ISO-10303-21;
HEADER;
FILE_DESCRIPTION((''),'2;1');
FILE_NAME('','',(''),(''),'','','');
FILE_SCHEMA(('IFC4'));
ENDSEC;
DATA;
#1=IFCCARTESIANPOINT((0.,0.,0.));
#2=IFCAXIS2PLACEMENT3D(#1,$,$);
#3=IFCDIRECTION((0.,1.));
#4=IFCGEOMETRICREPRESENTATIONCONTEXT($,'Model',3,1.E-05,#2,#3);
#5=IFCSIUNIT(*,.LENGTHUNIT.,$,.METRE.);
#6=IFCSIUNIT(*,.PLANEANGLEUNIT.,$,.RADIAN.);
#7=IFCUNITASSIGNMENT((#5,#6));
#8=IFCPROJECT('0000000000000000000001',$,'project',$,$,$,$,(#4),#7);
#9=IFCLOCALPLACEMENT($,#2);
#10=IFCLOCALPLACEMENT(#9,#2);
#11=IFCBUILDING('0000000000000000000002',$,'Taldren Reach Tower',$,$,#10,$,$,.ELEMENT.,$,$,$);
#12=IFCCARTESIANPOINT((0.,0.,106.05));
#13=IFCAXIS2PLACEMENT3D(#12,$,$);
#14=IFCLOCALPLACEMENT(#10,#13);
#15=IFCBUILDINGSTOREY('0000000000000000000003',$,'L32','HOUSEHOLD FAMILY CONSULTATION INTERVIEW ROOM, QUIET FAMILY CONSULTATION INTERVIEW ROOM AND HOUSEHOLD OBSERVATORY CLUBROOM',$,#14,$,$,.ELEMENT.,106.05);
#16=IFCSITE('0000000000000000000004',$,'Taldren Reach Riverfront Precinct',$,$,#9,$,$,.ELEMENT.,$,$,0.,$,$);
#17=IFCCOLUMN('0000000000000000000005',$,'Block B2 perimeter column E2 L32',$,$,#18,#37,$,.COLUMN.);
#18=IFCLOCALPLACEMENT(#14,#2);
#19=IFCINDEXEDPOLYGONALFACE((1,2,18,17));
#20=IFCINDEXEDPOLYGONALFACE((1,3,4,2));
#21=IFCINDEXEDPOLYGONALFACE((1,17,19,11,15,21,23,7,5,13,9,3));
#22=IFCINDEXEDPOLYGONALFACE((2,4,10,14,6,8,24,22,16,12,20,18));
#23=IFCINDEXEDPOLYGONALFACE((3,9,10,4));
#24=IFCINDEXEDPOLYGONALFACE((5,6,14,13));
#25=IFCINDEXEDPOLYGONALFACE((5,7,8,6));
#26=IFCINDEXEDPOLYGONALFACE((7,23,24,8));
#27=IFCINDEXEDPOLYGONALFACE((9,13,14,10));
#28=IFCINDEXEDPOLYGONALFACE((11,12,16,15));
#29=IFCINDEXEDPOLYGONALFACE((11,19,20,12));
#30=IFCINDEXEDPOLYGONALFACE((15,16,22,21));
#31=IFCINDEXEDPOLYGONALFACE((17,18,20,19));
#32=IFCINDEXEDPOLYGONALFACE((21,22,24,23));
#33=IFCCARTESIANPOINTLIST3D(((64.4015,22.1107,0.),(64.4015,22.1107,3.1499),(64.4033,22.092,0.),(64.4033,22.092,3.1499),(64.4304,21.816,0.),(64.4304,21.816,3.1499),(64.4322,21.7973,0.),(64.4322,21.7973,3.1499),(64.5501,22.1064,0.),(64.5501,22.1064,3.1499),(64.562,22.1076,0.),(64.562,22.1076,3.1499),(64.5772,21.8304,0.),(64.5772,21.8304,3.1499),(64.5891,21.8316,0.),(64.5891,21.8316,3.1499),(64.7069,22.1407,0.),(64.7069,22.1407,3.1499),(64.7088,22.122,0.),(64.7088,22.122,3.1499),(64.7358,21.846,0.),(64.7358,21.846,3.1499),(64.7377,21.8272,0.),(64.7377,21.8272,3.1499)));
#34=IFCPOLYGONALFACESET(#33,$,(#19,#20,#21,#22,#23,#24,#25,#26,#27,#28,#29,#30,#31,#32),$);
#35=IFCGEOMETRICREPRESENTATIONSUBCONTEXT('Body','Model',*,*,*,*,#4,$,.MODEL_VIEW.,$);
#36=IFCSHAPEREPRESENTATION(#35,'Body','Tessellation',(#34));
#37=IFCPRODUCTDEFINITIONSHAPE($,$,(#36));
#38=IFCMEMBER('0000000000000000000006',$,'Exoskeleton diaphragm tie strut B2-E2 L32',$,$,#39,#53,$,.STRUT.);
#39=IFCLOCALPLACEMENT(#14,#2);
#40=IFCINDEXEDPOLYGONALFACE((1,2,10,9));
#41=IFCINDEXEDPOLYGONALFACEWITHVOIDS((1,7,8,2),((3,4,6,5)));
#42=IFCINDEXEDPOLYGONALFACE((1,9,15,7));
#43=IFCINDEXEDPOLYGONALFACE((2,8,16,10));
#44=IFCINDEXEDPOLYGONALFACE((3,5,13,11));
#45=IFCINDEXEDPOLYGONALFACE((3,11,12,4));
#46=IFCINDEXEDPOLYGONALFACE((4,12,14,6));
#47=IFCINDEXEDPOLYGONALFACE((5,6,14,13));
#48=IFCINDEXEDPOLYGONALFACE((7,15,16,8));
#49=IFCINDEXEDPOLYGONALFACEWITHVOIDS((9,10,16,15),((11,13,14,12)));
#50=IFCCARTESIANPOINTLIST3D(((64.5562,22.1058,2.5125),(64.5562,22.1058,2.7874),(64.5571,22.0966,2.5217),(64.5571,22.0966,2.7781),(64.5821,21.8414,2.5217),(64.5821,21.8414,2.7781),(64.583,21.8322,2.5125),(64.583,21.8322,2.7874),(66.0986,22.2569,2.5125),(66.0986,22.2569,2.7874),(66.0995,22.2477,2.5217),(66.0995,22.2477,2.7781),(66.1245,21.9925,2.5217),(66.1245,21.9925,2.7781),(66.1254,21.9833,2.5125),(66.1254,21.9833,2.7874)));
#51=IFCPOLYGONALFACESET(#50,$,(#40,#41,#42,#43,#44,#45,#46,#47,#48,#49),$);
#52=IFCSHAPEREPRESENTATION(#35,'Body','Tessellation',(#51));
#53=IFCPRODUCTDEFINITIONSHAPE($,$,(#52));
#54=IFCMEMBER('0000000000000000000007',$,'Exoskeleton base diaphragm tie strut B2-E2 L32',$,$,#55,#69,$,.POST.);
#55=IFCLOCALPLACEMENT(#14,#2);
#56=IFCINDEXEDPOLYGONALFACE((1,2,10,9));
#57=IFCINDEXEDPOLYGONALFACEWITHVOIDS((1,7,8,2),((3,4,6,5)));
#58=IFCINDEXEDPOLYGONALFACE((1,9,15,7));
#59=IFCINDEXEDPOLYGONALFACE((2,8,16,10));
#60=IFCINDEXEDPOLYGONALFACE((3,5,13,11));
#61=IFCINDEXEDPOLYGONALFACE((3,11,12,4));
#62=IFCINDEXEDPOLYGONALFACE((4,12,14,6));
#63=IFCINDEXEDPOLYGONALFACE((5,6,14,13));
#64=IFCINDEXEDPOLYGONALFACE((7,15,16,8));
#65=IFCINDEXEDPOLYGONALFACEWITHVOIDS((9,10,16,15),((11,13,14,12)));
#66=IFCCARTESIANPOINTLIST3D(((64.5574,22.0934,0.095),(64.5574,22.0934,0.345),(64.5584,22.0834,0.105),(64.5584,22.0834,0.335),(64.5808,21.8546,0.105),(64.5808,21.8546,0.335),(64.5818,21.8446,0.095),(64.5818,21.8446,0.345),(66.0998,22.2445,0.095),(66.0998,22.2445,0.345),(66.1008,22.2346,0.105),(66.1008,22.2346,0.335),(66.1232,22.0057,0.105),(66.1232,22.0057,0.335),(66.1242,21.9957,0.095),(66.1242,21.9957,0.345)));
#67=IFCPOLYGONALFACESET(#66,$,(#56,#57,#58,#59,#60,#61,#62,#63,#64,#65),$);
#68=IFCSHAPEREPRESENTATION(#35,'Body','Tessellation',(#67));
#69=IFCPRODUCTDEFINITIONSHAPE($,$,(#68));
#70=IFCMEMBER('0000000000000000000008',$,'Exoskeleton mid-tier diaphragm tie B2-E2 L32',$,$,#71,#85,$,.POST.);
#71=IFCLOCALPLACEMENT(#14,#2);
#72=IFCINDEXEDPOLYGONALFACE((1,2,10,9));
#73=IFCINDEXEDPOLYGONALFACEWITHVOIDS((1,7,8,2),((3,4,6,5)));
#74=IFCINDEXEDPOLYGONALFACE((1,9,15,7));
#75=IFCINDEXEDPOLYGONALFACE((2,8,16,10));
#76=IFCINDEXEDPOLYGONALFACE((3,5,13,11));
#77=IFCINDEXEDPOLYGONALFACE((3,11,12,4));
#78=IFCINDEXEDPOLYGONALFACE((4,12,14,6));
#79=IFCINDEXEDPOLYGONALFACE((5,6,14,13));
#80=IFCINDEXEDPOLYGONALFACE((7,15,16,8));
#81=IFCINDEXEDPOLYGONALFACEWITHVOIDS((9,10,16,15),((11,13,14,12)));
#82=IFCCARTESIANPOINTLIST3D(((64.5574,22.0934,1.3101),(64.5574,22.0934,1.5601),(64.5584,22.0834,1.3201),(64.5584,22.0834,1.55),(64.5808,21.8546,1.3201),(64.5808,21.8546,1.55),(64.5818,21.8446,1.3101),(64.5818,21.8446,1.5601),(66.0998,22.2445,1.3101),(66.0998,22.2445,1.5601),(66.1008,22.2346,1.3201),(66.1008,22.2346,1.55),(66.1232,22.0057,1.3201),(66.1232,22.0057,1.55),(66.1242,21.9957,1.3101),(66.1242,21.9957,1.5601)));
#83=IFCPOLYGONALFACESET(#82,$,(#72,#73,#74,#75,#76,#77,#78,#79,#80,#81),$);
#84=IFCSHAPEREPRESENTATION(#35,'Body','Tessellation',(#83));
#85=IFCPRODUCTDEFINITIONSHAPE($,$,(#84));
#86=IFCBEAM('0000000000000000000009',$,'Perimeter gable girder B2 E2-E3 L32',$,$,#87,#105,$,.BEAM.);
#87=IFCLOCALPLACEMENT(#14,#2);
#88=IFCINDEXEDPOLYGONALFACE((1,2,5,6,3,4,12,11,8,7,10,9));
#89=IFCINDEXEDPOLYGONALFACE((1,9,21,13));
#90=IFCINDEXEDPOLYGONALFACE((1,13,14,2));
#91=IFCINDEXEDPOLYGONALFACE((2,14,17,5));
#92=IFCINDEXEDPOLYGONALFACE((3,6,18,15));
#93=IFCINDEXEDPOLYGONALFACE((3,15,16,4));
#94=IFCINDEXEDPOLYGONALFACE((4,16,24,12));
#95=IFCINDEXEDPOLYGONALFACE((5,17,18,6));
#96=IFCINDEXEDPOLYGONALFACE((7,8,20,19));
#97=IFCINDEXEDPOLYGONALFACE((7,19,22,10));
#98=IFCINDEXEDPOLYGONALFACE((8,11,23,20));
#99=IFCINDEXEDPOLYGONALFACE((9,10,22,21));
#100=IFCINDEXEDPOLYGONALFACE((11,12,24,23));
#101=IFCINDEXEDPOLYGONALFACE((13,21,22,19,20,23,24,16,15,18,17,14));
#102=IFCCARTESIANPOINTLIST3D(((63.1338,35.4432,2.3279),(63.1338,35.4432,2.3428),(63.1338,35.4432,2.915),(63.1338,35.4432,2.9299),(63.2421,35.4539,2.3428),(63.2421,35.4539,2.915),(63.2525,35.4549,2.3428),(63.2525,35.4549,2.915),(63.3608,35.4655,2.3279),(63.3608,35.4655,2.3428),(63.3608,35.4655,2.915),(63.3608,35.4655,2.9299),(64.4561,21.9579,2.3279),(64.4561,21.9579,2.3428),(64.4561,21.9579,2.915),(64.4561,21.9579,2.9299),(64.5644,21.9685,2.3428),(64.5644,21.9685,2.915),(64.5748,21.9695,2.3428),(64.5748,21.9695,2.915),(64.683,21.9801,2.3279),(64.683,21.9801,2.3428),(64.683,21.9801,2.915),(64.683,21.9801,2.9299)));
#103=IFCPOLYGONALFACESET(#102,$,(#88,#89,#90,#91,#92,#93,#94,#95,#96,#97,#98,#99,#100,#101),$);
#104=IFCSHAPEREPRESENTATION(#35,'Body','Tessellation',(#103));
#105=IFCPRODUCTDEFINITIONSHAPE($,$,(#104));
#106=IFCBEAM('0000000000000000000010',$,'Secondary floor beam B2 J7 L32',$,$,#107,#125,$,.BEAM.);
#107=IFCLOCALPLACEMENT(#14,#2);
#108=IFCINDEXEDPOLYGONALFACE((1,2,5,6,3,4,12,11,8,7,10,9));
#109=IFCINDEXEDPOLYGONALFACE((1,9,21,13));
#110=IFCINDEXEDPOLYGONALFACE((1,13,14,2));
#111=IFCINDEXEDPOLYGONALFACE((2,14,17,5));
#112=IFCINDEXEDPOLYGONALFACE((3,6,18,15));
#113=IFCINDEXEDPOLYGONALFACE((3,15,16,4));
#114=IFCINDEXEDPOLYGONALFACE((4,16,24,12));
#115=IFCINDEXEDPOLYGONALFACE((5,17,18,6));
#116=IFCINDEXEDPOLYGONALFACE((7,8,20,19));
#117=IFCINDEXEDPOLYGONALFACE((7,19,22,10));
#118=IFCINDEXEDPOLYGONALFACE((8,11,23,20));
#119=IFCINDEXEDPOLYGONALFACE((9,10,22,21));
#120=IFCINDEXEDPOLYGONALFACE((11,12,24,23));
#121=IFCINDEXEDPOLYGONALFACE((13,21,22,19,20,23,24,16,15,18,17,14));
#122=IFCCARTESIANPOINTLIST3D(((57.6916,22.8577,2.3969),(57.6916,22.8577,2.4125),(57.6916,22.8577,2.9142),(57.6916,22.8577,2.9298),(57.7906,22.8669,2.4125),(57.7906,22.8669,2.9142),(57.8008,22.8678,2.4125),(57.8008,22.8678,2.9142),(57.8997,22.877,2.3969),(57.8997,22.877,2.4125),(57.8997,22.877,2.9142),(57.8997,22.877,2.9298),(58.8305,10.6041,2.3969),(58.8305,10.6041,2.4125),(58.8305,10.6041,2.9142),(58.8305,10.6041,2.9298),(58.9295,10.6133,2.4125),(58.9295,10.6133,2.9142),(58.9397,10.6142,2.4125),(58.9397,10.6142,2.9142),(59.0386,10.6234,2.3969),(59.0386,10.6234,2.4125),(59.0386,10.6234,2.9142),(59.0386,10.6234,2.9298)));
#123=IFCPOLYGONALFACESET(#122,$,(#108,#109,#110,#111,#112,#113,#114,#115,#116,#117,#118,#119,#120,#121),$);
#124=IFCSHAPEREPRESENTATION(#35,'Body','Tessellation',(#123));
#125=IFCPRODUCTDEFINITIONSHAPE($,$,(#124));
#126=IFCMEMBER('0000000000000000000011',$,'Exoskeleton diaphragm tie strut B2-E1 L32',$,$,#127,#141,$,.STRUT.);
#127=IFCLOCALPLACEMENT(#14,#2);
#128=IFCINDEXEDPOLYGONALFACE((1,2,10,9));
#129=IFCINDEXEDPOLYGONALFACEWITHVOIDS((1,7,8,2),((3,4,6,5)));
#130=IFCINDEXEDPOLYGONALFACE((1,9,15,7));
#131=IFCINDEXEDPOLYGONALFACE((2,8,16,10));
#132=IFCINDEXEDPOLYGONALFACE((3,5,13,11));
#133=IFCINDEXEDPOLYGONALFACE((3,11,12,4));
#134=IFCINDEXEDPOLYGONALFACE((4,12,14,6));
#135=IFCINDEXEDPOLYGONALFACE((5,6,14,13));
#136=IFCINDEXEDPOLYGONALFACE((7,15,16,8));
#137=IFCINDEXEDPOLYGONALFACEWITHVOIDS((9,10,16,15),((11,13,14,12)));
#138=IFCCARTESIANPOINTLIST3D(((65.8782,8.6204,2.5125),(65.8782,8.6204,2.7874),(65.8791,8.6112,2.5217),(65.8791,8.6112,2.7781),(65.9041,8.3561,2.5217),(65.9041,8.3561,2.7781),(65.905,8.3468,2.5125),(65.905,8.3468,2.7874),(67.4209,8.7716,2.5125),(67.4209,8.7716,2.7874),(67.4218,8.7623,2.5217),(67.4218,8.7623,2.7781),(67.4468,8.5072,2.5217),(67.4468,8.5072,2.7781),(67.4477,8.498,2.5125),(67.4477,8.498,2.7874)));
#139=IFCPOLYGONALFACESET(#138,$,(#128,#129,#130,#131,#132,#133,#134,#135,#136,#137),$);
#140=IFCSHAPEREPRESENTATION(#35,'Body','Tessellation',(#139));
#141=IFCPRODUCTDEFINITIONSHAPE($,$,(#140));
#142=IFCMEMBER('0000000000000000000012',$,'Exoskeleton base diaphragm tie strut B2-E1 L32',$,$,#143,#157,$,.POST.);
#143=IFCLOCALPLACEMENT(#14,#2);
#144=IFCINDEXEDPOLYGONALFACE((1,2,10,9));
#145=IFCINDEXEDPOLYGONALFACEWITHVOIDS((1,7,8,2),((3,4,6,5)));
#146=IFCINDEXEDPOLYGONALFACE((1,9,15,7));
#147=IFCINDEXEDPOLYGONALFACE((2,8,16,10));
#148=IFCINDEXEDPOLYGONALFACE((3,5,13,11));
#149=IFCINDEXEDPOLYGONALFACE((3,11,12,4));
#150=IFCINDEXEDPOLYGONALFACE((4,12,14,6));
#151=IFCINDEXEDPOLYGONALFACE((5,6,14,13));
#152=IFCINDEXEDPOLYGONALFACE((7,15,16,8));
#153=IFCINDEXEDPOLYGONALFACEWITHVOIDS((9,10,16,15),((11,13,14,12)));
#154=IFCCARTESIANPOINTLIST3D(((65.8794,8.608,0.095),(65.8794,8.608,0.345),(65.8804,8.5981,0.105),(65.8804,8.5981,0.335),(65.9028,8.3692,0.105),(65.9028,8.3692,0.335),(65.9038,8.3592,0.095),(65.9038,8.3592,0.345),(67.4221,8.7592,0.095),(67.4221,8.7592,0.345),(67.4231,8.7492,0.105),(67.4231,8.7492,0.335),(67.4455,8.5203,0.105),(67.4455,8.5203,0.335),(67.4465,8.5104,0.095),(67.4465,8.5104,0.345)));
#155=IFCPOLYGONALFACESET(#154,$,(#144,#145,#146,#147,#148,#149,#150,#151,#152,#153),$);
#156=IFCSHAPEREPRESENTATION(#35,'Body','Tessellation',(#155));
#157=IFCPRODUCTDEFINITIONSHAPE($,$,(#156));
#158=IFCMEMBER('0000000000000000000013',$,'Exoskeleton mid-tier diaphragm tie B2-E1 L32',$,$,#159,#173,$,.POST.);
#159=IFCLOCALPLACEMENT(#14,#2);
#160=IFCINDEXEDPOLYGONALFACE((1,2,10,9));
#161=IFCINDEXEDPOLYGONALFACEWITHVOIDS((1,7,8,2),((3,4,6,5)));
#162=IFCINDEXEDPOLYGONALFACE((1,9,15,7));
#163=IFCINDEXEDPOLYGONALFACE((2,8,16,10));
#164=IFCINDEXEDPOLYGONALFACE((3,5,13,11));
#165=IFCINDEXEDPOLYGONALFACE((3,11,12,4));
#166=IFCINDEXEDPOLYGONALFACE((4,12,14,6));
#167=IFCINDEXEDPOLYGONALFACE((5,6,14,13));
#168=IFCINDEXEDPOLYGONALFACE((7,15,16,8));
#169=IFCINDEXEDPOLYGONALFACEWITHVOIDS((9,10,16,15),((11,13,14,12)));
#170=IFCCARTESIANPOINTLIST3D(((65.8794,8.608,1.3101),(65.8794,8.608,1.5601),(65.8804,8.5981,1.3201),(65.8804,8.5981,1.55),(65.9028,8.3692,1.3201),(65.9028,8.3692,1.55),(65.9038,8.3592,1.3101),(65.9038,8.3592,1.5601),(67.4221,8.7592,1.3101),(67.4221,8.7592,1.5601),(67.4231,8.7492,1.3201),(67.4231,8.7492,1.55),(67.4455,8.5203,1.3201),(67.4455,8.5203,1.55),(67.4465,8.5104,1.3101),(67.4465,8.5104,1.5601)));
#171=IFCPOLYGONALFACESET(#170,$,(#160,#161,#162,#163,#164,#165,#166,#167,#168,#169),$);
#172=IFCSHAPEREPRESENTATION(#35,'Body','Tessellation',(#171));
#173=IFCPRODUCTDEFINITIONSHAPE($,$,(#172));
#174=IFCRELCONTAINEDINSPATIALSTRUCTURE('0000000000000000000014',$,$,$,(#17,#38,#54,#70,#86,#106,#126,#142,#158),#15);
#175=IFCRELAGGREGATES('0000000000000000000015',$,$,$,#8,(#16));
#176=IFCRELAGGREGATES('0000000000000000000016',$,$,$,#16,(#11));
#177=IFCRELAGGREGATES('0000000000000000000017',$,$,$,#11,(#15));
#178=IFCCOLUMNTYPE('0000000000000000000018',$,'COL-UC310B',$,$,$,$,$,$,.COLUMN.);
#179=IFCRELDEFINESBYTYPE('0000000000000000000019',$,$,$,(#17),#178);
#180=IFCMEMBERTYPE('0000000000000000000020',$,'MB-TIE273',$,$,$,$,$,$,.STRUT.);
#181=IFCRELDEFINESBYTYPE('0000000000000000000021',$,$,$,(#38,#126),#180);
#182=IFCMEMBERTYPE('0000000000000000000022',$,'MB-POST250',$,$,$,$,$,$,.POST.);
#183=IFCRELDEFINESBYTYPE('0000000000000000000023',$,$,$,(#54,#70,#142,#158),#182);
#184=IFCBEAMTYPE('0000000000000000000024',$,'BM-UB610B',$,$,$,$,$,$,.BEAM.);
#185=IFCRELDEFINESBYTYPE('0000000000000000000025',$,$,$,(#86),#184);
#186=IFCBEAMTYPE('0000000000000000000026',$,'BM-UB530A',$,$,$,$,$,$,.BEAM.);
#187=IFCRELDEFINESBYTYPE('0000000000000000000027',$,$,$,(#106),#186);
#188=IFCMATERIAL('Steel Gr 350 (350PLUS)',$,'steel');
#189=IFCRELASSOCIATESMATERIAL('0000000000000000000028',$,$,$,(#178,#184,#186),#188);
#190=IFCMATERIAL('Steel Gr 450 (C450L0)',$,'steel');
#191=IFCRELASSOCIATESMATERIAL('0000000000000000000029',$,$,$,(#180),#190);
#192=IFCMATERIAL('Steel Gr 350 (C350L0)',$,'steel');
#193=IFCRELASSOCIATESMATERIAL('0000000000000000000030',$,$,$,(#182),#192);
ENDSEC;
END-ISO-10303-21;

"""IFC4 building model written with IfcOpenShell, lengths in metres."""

from ifc_helpers import new_model, si_unit, direction, frame, origin, origin_2d, place, context, subcontext, project, spatial, hollow_rectangle, i_section, extrude, source, transform, mapped, material, material_profile, profile_set, type_object, element, save


model = new_model("IFC4")

# Units and contexts
model_context = context("Model", 3, precision=1e-05, world=origin(), true_north=direction((0.0, 1.0)))
body_context = subcontext(model_context, "Body", "Model", "MODEL_VIEW")
ifc_project = project(units=[si_unit("LENGTHUNIT", "METRE"), si_unit("PLANEANGLEUNIT", "RADIAN")], contexts=[model_context])

# Site, building, storey
site_placement = place(None, origin())
site = spatial("IfcSite", under=ifc_project, at=site_placement, Name="Taldren Reach Riverfront Precinct", CompositionType="ELEMENT", RefElevation=0.0)
building_placement = place(site_placement, origin())
building = spatial("IfcBuilding", under=site, at=building_placement, Name="Taldren Reach Tower", CompositionType="ELEMENT")
storey_placement = place(building_placement, frame((0.0, 0.0, 106.05)))
storey = spatial("IfcBuildingStorey", under=building, at=storey_placement, Name="L32", Description="HOUSEHOLD FAMILY CONSULTATION INTERVIEW ROOM, QUIET FAMILY CONSULTATION INTERVIEW ROOM AND HOUSEHOLD OBSERVATORY CLUBROOM", CompositionType="ELEMENT", Elevation=106.05)

# Column
ifc_material_1 = material(Name="Steel Gr 350 (350PLUS)", Category="steel")
ifc_material_profile_1 = material_profile(ifc_material_1, i_section(OverallWidth=0.3069, OverallDepth=0.3149, WebThickness=0.012, FlangeThickness=0.0188, at=origin_2d()), Name="310UC118")
ifc_profile_set_1 = profile_set([ifc_material_profile_1], Name="Steel Gr 350 (350PLUS)")
column_type = type_object("IfcColumnType", Name="COL-UC310B", PredefinedType="COLUMN", material=ifc_profile_set_1)
shared_shape_1 = source(origin(), body_context, "Body", "SweptSolid", [
    extrude(i_section(OverallWidth=0.3069, OverallDepth=0.3149, WebThickness=0.012, FlangeThickness=0.0188, at=origin_2d()), origin(), (0.0, 0.0, 1.0), 3.1499),
])
column_placement = place(storey_placement, frame((64.5696, 21.969, 0.0), z_axis=(0.0, 0.0, 1.0), x_axis=(0.995227, 0.097583, 0.0)))
element("IfcColumn", 1, at=column_placement, inside=storey, type_object=column_type, Name="Block B2 perimeter column E2 L32", PredefinedType="COLUMN", context=body_context, shape_type="MappedRepresentation", body=[
    mapped(shared_shape_1, transform((0.0, 0.0, 0.0), scale=1.0)),
])

# Members
ifc_material_2 = material(Name="Steel Gr 450 (C450L0)", Category="steel")
ifc_material_profile_2 = material_profile(ifc_material_2, hollow_rectangle(XDim=0.2749, YDim=0.2749, WallThickness=0.0093, at=origin_2d()), Name="275x275x9.3SHS")
ifc_profile_set_2 = profile_set([ifc_material_profile_2], Name="Steel Gr 450 (C450L0)")
member_type_1 = type_object("IfcMemberType", Name="MB-TIE273", PredefinedType="STRUT", material=ifc_profile_set_2)
shared_shape_2 = source(origin(), body_context, "Body", "SweptSolid", [
    extrude(hollow_rectangle(XDim=0.2749, YDim=0.2749, WallThickness=0.0093, at=origin_2d()), origin(), (0.0, 0.0, 1.0), 1.5498),
])
member_1_placement = place(storey_placement, frame((64.5696, 21.969, 2.6499), z_axis=(0.995235, 0.097507, 0.0), x_axis=(-0.097507, 0.995235, 0.0)))
element("IfcMember", 2, at=member_1_placement, inside=storey, type_object=member_type_1, Name="Exoskeleton diaphragm tie strut B2-E2 L32", PredefinedType="STRUT", context=body_context, shape_type="MappedRepresentation", body=[
    mapped(shared_shape_2, transform((0.0, 0.0, 0.0), scale=1.0)),
])
ifc_material_3 = material(Name="Steel Gr 350 (C350L0)", Category="steel")
ifc_material_profile_3 = material_profile(ifc_material_3, hollow_rectangle(XDim=0.25, YDim=0.25, WallThickness=0.01, at=origin_2d()), Name="250x250x10.0SHS")
ifc_profile_set_3 = profile_set([ifc_material_profile_3], Name="Steel Gr 350 (C350L0)")
member_type_2 = type_object("IfcMemberType", Name="MB-POST250", PredefinedType="POST", material=ifc_profile_set_3)
shared_shape_3 = source(origin(), body_context, "Body", "SweptSolid", [
    extrude(hollow_rectangle(XDim=0.25, YDim=0.25, WallThickness=0.01, at=origin_2d()), origin(), (0.0, 0.0, 1.0), 1.5498),
])
for number, where, z_axis, x_axis, name in (
    (3, (64.5696, 21.969, 0.22), (0.995235, 0.097507, 0.0), (-0.097507, 0.995235, 0.0), "Exoskeleton base diaphragm tie strut B2-E2 L32"),
    (4, (64.5696, 21.969, 1.4351), (0.995235, 0.097507, 0.0), (-0.097507, 0.995235, 0.0), "Exoskeleton mid-tier diaphragm tie B2-E2 L32"),
):
    element("IfcMember", number, at=place(storey_placement, frame(where, z_axis=z_axis, x_axis=x_axis)), inside=storey, type_object=member_type_2, Name=name, PredefinedType="POST", context=body_context, shape_type="MappedRepresentation", body=[
        mapped(shared_shape_3, transform((0.0, 0.0, 0.0), scale=1.0)),
    ])

# Beams
ifc_material_profile_4 = material_profile(ifc_material_1, i_section(OverallWidth=0.228, OverallDepth=0.6021, WebThickness=0.0105, FlangeThickness=0.0149, at=origin_2d()), Name="610UB101")
ifc_profile_set_4 = profile_set([ifc_material_profile_4], Name="Steel Gr 350 (350PLUS)")
beam_type_1 = type_object("IfcBeamType", Name="BM-UB610B", PredefinedType="BEAM", material=ifc_profile_set_4)
shared_shape_4 = source(origin(), body_context, "Body", "SweptSolid", [
    extrude(i_section(OverallWidth=0.228, OverallDepth=0.6021, WebThickness=0.0105, FlangeThickness=0.0149, at=origin_2d()), origin(), (0.0, 0.0, 1.0), 13.55),
])
beam_1_placement = place(storey_placement, frame((64.5696, 21.969, 2.6289), z_axis=(-0.097584, 0.995227, 0.0), x_axis=(-0.995227, -0.097584, 0.0)))
element("IfcBeam", 5, at=beam_1_placement, inside=storey, type_object=beam_type_1, Name="Perimeter gable girder B2 E2-E3 L32", PredefinedType="BEAM", context=body_context, shape_type="MappedRepresentation", body=[
    mapped(shared_shape_4, transform((0.0, 0.0, 0.0), scale=1.0)),
])
ifc_material_profile_5 = material_profile(ifc_material_1, i_section(OverallWidth=0.209, OverallDepth=0.533, WebThickness=0.0103, FlangeThickness=0.0156, at=origin_2d()), Name="530UB92.4")
ifc_profile_set_5 = profile_set([ifc_material_profile_5], Name="Steel Gr 350 (350PLUS)")
beam_type_2 = type_object("IfcBeamType", Name="BM-UB530A", PredefinedType="BEAM", material=ifc_profile_set_5)
shared_shape_5 = source(origin(), body_context, "Body", "SweptSolid", [
    extrude(i_section(OverallWidth=0.209, OverallDepth=0.533, WebThickness=0.0103, FlangeThickness=0.0156, at=origin_2d()), origin(), (0.0, 0.0, 1.0), 12.3064),
])
beam_2_placement = place(storey_placement, frame((58.9346, 10.6138, 2.6633), z_axis=(-0.092546, 0.995708, 0.0), x_axis=(-0.995708, -0.092546, 0.0)))
element("IfcBeam", 6, at=beam_2_placement, inside=storey, type_object=beam_type_2, Name="Secondary floor beam B2 J7 L32", PredefinedType="BEAM", context=body_context, shape_type="MappedRepresentation", body=[
    mapped(shared_shape_5, transform((0.0, 0.0, 0.0), scale=1.0)),
])

# Members
shared_shape_6 = source(origin(), body_context, "Body", "SweptSolid", [
    extrude(hollow_rectangle(XDim=0.2749, YDim=0.2749, WallThickness=0.0093, at=origin_2d()), origin(), (0.0, 0.0, 1.0), 1.55),
])
member_2_placement = place(storey_placement, frame((65.8916, 8.4836, 2.6499), z_axis=(0.995236, 0.097492, 0.0), x_axis=(-0.097492, 0.995236, 0.0)))
element("IfcMember", 7, at=member_2_placement, inside=storey, type_object=member_type_1, Name="Exoskeleton diaphragm tie strut B2-E1 L32", PredefinedType="STRUT", context=body_context, shape_type="MappedRepresentation", body=[
    mapped(shared_shape_6, transform((0.0, 0.0, 0.0), scale=1.0)),
])
shared_shape_7 = source(origin(), body_context, "Body", "SweptSolid", [
    extrude(hollow_rectangle(XDim=0.25, YDim=0.25, WallThickness=0.01, at=origin_2d()), origin(), (0.0, 0.0, 1.0), 1.55),
])
for number, where, z_axis, x_axis, name in (
    (8, (65.8916, 8.4836, 0.22), (0.995236, 0.097492, 0.0), (-0.097492, 0.995236, 0.0), "Exoskeleton base diaphragm tie strut B2-E1 L32"),
    (9, (65.8916, 8.4836, 1.4351), (0.995236, 0.097492, 0.0), (-0.097492, 0.995236, 0.0), "Exoskeleton mid-tier diaphragm tie B2-E1 L32"),
):
    element("IfcMember", number, at=place(storey_placement, frame(where, z_axis=z_axis, x_axis=x_axis)), inside=storey, type_object=member_type_2, Name=name, PredefinedType="POST", context=body_context, shape_type="MappedRepresentation", body=[
        mapped(shared_shape_7, transform((0.0, 0.0, 0.0), scale=1.0)),
    ])

save(model, "model.ifc")
